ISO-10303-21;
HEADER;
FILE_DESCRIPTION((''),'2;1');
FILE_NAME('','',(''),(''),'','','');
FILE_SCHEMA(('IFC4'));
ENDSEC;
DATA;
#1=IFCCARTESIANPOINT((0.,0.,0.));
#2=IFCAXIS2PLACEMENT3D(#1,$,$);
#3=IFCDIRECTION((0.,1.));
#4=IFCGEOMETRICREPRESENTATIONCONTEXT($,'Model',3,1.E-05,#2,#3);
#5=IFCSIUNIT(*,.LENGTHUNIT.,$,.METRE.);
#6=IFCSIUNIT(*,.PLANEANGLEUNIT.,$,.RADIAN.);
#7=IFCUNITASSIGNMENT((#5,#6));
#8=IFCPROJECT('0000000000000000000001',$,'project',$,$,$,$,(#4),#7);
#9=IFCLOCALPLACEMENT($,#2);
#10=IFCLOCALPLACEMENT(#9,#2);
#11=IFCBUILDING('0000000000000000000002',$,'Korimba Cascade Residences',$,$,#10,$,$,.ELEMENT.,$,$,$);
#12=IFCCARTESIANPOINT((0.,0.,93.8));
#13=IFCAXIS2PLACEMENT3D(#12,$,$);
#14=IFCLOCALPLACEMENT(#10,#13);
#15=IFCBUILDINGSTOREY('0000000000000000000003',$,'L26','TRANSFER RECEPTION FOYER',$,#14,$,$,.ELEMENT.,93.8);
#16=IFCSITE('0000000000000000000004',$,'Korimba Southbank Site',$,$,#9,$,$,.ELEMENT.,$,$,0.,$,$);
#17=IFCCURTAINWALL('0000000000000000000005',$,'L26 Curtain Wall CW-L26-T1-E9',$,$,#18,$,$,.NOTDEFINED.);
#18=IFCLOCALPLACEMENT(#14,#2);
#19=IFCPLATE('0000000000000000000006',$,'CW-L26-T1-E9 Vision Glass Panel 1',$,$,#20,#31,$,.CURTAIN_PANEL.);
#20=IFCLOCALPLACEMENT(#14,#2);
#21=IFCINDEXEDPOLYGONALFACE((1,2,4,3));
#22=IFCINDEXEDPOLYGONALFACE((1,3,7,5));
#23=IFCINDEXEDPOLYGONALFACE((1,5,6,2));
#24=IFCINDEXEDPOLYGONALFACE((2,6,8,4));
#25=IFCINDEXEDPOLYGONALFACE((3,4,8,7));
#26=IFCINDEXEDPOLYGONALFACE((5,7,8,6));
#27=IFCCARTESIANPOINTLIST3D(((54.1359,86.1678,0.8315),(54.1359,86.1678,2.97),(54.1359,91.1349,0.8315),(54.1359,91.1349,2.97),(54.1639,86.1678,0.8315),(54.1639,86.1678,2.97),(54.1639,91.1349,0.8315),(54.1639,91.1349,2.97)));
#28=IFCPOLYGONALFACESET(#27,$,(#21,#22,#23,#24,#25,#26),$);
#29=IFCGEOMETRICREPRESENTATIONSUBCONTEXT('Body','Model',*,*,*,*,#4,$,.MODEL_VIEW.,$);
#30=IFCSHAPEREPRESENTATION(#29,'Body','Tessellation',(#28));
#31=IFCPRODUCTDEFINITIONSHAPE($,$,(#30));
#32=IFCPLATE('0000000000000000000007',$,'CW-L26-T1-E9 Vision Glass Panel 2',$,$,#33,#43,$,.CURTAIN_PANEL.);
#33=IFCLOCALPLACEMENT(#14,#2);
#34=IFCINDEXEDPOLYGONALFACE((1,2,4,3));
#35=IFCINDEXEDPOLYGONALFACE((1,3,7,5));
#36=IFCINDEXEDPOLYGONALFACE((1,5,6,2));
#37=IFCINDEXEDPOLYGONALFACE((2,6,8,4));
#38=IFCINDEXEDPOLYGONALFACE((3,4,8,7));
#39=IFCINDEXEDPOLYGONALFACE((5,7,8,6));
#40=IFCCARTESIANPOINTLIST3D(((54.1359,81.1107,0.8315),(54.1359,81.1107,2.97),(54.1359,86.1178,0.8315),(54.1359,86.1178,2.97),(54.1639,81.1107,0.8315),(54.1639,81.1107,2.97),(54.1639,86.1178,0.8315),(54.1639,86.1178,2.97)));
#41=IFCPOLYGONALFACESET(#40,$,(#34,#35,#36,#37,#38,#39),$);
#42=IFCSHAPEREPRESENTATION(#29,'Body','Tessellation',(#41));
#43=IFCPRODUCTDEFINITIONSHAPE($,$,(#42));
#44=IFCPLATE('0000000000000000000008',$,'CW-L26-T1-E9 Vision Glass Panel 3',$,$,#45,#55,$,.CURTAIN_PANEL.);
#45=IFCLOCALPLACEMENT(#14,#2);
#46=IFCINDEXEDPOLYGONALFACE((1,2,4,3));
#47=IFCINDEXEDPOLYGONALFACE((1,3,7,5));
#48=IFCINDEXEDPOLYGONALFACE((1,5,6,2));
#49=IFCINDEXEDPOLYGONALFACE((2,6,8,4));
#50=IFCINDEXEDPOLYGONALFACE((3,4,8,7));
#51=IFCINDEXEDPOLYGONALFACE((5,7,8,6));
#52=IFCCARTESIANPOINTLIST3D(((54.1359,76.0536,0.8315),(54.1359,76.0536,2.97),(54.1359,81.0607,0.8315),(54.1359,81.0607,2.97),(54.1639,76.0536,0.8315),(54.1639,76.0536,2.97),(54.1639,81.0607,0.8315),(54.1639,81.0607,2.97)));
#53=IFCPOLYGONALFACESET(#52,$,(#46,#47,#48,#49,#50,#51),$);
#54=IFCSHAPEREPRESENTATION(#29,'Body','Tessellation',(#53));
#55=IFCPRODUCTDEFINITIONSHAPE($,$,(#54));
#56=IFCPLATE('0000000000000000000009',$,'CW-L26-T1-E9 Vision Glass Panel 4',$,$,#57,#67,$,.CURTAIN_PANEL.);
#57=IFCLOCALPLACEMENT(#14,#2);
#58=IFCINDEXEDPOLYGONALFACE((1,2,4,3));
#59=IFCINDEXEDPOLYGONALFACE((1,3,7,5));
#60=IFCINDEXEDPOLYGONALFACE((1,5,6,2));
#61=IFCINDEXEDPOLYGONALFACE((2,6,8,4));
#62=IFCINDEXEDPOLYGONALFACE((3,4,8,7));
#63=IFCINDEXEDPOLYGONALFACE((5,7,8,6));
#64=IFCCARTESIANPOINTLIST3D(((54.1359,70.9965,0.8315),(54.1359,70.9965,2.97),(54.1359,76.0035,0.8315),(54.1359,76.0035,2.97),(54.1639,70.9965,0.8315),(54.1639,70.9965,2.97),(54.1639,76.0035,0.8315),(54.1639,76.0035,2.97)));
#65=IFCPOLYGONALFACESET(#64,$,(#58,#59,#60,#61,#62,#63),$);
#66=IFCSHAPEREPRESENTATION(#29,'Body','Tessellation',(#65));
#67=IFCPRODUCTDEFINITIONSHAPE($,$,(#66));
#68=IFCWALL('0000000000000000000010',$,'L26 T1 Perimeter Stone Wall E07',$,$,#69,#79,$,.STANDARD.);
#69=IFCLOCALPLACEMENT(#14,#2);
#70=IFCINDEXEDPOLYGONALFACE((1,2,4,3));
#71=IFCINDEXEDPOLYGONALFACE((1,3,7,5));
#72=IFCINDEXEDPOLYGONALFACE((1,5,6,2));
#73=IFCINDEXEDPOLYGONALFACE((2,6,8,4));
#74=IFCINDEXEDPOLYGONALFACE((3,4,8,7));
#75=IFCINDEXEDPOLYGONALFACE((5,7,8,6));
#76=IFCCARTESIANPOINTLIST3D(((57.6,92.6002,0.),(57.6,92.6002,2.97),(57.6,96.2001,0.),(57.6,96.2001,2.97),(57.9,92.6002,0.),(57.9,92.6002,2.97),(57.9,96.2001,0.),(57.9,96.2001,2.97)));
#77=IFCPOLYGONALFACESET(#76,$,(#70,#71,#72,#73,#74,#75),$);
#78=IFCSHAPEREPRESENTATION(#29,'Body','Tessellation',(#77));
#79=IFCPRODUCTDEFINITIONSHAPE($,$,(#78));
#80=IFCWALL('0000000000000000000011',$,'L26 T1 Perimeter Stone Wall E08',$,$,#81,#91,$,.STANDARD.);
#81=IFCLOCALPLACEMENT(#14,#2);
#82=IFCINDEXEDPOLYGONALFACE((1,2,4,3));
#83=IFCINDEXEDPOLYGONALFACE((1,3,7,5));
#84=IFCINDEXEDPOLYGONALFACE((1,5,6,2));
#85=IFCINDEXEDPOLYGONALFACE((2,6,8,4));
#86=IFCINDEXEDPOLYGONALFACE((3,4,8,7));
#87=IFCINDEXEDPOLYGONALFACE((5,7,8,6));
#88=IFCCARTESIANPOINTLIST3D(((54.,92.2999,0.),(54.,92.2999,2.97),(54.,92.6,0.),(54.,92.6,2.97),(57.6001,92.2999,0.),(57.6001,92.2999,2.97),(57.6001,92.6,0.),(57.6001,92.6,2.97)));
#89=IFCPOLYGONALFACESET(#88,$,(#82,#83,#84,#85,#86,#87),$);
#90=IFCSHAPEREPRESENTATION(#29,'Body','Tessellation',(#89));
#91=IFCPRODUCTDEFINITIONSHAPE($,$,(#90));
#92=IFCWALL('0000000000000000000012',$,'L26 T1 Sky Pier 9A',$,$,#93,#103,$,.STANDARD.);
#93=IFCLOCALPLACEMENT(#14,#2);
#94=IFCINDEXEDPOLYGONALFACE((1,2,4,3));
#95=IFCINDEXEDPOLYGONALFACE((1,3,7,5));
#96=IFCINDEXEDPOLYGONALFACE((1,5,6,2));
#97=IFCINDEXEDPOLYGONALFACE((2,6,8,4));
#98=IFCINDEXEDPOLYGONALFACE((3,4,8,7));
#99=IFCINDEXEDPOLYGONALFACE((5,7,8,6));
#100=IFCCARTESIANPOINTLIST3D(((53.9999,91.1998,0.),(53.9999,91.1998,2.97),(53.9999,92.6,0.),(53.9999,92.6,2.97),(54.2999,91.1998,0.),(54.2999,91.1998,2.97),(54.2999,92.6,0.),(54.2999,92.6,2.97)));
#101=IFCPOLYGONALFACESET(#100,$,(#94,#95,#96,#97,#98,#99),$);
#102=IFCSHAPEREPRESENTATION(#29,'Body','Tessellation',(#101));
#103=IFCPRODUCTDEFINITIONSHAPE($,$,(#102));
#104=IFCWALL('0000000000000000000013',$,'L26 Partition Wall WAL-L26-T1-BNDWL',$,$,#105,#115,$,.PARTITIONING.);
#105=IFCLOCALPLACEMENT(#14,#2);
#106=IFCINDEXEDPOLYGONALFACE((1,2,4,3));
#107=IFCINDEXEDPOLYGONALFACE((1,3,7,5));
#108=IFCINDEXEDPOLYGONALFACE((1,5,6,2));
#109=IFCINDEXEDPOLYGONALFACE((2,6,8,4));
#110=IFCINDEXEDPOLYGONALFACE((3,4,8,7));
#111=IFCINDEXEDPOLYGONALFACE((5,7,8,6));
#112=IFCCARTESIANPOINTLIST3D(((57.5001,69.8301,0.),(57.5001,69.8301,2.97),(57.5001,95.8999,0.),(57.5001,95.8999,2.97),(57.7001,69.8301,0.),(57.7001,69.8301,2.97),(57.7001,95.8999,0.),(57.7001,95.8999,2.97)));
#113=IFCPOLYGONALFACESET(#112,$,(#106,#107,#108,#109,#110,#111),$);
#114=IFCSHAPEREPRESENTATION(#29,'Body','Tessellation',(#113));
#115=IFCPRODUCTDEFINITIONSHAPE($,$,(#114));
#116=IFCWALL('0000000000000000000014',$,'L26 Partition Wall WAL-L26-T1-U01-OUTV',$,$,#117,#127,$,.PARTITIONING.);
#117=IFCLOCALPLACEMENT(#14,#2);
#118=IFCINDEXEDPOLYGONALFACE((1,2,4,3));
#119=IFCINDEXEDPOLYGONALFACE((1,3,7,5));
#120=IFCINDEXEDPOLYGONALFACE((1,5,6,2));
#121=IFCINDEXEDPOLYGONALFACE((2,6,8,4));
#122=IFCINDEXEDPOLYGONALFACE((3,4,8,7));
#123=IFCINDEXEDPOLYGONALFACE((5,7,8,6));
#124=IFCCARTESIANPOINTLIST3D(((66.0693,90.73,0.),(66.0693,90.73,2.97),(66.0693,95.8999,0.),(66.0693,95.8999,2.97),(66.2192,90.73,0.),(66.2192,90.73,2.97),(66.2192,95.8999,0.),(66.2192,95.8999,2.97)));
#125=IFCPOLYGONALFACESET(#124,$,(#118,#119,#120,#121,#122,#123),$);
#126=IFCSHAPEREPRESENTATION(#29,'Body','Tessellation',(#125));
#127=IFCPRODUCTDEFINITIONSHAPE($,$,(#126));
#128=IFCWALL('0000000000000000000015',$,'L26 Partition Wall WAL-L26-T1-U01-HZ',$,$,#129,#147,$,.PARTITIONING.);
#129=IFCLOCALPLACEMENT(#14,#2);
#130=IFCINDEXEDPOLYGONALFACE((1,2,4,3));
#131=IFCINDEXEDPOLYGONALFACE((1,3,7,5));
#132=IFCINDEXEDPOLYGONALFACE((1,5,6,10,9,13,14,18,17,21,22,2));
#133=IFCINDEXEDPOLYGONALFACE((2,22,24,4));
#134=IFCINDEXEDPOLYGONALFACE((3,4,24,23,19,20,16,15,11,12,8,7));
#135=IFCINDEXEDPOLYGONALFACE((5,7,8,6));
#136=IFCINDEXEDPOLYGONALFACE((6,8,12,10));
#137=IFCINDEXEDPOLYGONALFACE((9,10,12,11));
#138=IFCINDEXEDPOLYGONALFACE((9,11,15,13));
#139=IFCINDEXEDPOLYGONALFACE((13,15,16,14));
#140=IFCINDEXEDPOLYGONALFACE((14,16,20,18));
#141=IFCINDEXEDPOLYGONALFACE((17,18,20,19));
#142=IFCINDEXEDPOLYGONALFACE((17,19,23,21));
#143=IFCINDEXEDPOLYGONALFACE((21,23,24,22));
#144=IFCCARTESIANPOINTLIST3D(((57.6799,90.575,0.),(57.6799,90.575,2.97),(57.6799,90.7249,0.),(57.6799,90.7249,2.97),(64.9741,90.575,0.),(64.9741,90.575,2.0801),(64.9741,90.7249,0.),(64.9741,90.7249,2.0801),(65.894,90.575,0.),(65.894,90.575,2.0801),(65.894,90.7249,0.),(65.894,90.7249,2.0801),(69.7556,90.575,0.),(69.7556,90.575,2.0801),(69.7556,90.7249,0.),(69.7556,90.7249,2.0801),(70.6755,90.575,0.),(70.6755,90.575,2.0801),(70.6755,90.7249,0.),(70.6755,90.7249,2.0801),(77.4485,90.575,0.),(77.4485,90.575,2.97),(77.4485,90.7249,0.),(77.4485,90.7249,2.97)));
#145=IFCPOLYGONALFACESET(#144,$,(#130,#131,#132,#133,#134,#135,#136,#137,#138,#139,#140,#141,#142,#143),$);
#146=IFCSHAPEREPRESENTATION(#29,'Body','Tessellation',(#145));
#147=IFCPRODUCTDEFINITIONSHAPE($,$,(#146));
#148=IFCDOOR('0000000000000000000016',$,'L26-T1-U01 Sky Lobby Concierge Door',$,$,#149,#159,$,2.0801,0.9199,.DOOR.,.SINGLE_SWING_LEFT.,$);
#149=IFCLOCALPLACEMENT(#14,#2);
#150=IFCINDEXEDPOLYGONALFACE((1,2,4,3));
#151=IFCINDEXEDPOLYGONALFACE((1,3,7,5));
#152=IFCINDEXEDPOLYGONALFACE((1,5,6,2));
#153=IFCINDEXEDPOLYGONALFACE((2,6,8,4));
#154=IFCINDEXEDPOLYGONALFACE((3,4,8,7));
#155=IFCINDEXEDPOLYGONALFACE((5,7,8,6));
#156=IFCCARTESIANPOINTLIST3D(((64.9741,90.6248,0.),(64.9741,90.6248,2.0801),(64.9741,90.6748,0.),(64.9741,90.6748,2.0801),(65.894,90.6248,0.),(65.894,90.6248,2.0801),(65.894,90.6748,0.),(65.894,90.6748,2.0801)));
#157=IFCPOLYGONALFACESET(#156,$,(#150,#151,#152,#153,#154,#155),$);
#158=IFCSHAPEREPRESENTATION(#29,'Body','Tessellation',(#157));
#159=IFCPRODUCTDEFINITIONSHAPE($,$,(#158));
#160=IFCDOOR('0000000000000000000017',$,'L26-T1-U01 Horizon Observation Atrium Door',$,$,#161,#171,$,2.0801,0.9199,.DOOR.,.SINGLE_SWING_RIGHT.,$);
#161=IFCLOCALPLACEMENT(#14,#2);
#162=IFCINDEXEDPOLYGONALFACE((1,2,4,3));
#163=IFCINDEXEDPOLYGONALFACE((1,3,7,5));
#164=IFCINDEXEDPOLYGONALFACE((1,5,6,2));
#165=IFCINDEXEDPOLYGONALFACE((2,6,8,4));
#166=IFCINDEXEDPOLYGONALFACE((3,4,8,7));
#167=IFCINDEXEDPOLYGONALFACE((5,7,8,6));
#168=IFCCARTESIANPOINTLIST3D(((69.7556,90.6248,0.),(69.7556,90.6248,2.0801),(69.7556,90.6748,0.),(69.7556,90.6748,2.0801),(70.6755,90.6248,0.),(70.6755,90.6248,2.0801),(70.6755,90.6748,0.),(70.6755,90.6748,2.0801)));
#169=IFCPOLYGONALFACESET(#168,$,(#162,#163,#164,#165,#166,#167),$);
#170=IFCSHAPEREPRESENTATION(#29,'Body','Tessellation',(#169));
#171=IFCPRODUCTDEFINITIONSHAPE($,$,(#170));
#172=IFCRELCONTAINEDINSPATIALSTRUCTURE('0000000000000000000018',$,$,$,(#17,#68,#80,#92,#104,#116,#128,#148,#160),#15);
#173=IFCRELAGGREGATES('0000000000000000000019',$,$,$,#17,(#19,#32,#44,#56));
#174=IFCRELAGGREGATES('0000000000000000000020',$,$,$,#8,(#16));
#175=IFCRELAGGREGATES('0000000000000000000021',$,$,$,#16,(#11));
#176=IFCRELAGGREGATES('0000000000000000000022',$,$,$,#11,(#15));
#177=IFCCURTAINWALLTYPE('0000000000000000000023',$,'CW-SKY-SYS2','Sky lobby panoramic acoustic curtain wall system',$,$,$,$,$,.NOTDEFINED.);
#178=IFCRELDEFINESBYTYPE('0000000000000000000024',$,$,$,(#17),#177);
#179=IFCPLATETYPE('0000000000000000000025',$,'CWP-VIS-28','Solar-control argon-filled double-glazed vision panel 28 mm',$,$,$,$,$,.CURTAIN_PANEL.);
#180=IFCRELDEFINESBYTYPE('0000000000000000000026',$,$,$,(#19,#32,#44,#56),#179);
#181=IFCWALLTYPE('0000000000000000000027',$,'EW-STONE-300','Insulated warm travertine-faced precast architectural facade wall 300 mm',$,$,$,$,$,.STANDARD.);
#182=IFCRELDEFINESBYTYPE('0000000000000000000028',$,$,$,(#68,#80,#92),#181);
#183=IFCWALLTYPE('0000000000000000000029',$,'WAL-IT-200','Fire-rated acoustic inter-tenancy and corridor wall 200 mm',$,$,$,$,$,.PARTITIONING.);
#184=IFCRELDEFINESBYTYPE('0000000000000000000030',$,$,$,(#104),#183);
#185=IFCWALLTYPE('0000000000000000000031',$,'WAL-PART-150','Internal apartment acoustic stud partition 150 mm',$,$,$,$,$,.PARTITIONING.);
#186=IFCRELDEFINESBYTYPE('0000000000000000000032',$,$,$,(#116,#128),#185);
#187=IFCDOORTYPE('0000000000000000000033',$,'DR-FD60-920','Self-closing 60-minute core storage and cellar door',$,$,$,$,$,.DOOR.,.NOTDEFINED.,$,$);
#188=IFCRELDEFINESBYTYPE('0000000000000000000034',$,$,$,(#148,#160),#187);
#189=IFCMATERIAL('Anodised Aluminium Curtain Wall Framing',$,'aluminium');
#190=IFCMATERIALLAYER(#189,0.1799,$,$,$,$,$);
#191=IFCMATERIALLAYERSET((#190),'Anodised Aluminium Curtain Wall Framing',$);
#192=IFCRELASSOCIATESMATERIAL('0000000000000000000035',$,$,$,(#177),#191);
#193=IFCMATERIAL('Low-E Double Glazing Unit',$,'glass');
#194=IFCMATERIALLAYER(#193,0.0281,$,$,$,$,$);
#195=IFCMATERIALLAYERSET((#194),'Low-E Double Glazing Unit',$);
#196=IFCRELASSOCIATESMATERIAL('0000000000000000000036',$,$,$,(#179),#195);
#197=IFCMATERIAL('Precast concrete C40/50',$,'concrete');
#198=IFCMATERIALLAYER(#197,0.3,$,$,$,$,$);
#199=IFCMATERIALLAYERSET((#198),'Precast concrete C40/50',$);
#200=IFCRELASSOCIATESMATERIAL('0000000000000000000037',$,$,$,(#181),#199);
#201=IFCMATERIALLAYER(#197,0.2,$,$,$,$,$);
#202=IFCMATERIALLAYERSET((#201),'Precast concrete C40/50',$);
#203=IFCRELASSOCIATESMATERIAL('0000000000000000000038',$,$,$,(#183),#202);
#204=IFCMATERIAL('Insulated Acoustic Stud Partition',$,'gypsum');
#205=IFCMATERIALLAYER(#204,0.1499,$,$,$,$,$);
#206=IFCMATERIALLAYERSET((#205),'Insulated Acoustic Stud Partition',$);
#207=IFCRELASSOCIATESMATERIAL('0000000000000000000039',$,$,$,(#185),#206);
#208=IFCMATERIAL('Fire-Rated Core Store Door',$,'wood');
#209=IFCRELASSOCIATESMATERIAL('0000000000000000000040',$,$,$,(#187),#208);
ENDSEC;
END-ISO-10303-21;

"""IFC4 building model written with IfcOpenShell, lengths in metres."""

from ifc_helpers import new_model, si_unit, direction, frame, frame_2d, origin, origin_2d, place, context, subcontext, project, spatial, rectangle, extrude, material, layer, layer_set, type_object, element, fill, aggregate, save


model = new_model("IFC4")

# Units and contexts
model_context = context("Model", 3, precision=1e-05, world=origin(), true_north=direction((0.0, 1.0)))
body_context = subcontext(model_context, "Body", "Model", "MODEL_VIEW")
ifc_project = project(units=[si_unit("LENGTHUNIT", "METRE"), si_unit("PLANEANGLEUNIT", "RADIAN")], contexts=[model_context])

# Site, building, storey
site_placement = place(None, origin())
site = spatial("IfcSite", under=ifc_project, at=site_placement, Name="Korimba Southbank Site", CompositionType="ELEMENT", RefElevation=0.0)
building_placement = place(site_placement, origin())
building = spatial("IfcBuilding", under=site, at=building_placement, Name="Korimba Cascade Residences", CompositionType="ELEMENT")
storey_placement = place(building_placement, frame((0.0, 0.0, 93.8)))
storey = spatial("IfcBuildingStorey", under=building, at=storey_placement, Name="L26", Description="TRANSFER RECEPTION FOYER", CompositionType="ELEMENT", Elevation=93.8)

# Curtain wall, plates
ifc_material_1 = material(Name="Anodised Aluminium Curtain Wall Framing", Category="aluminium")
ifc_layer_1 = layer(ifc_material_1, 0.1799)
ifc_layer_set_1 = layer_set([ifc_layer_1], Name="Anodised Aluminium Curtain Wall Framing")
curtain_wall_type = type_object("IfcCurtainWallType", Name="CW-SKY-SYS2", Description="Sky lobby panoramic acoustic curtain wall system", PredefinedType="NOTDEFINED", material=ifc_layer_set_1)
curtain_wall_placement = place(storey_placement, origin())
curtain_wall = element("IfcCurtainWall", 1, at=curtain_wall_placement, inside=storey, type_object=curtain_wall_type, Name="L26 Curtain Wall CW-L26-T1-E9", PredefinedType="NOTDEFINED")
ifc_material_2 = material(Name="Low-E Double Glazing Unit", Category="glass")
ifc_layer_2 = layer(ifc_material_2, 0.0281)
ifc_layer_set_2 = layer_set([ifc_layer_2], Name="Low-E Double Glazing Unit")
plate_type_1 = type_object("IfcPlateType", Name="CWP-VIS-28", Description="Solar-control argon-filled double-glazed vision panel 28 mm", PredefinedType="CURTAIN_PANEL", material=ifc_layer_set_2)
plate_1_placement = place(storey_placement, frame((54.1499, 88.6514, 0.8315), z_axis=(0.0, 0.0, 1.0), x_axis=(0.0, -1.0, 0.0)))
plate_1 = element("IfcPlate", 2, at=plate_1_placement, type_object=plate_type_1, Name="CW-L26-T1-E9 Vision Glass Panel 1", PredefinedType="CURTAIN_PANEL", context=body_context, shape_type="SweptSolid", body=[
    extrude(rectangle(XDim=4.967, YDim=0.0281, at=origin_2d()), origin(), (0.0, 0.0, 1.0), 2.1384),
])
plate_2_placement = place(storey_placement, frame((54.1499, 83.6143, 0.8315), z_axis=(0.0, 0.0, 1.0), x_axis=(0.0, -1.0, 0.0)))
plate_2 = element("IfcPlate", 3, at=plate_2_placement, type_object=plate_type_1, Name="CW-L26-T1-E9 Vision Glass Panel 2", PredefinedType="CURTAIN_PANEL", context=body_context, shape_type="SweptSolid", body=[
    extrude(rectangle(XDim=5.0071, YDim=0.0281, at=origin_2d()), origin(), (0.0, 0.0, 1.0), 2.1384),
])
plate_3_placement = place(storey_placement, frame((54.1499, 78.5571, 0.8315), z_axis=(0.0, 0.0, 1.0), x_axis=(0.0, -1.0, 0.0)))
plate_3 = element("IfcPlate", 4, at=plate_3_placement, type_object=plate_type_1, Name="CW-L26-T1-E9 Vision Glass Panel 3", PredefinedType="CURTAIN_PANEL", context=body_context, shape_type="SweptSolid", body=[
    extrude(rectangle(XDim=5.0071, YDim=0.0281, at=origin_2d()), origin(), (0.0, 0.0, 1.0), 2.1384),
])
plate_4_placement = place(storey_placement, frame((54.1499, 73.5, 0.8315), z_axis=(0.0, 0.0, 1.0), x_axis=(0.0, -1.0, 0.0)))
plate_4 = element("IfcPlate", 5, at=plate_4_placement, type_object=plate_type_1, Name="CW-L26-T1-E9 Vision Glass Panel 4", PredefinedType="CURTAIN_PANEL", context=body_context, shape_type="SweptSolid", body=[
    extrude(rectangle(XDim=5.0071, YDim=0.0281, at=origin_2d()), origin(), (0.0, 0.0, 1.0), 2.1384),
])
aggregate(curtain_wall, [plate_1, plate_2, plate_3, plate_4])

# Walls
ifc_material_3 = material(Name="Precast concrete C40/50", Category="concrete")
ifc_layer_3 = layer(ifc_material_3, 0.3)
ifc_layer_set_3 = layer_set([ifc_layer_3], Name="Precast concrete C40/50")
wall_type_1 = type_object("IfcWallType", Name="EW-STONE-300", Description="Insulated warm travertine-faced precast architectural facade wall 300 mm", PredefinedType="STANDARD", material=ifc_layer_set_3)
wall_1_placement = place(storey_placement, frame((57.75, 96.2, 0.0), z_axis=(0.0, 0.0, 1.0), x_axis=(0.0, -1.0, 0.0)))
element("IfcWall", 6, at=wall_1_placement, inside=storey, type_object=wall_type_1, Name="L26 T1 Perimeter Stone Wall E07", PredefinedType="STANDARD", context=body_context, shape_type="SweptSolid", body=[
    extrude(rectangle(XDim=3.5999, YDim=0.3, at=frame_2d((1.7998, 0.0))), origin(), (0.0, 0.0, 1.0), 2.97),
])
wall_2_placement = place(storey_placement, frame((57.6001, 92.45, 0.0), z_axis=(0.0, 0.0, 1.0), x_axis=(-1.0, 0.0, 0.0)))
element("IfcWall", 7, at=wall_2_placement, inside=storey, type_object=wall_type_1, Name="L26 T1 Perimeter Stone Wall E08", PredefinedType="STANDARD", context=body_context, shape_type="SweptSolid", body=[
    extrude(rectangle(XDim=3.6001, YDim=0.3, at=frame_2d((1.8, 0.0))), origin(), (0.0, 0.0, 1.0), 2.97),
])
wall_3_placement = place(storey_placement, frame((54.1499, 92.6001, 0.0), z_axis=(0.0, 0.0, 1.0), x_axis=(0.0, -1.0, 0.0)))
element("IfcWall", 8, at=wall_3_placement, inside=storey, type_object=wall_type_1, Name="L26 T1 Sky Pier 9A", PredefinedType="STANDARD", context=body_context, shape_type="SweptSolid", body=[
    extrude(rectangle(XDim=1.4001, YDim=0.3, at=frame_2d((0.7002, 0.0))), origin(), (0.0, 0.0, 1.0), 2.97),
])
ifc_layer_4 = layer(ifc_material_3, 0.2)
ifc_layer_set_4 = layer_set([ifc_layer_4], Name="Precast concrete C40/50")
wall_type_2 = type_object("IfcWallType", Name="WAL-IT-200", Description="Fire-rated acoustic inter-tenancy and corridor wall 200 mm", PredefinedType="PARTITIONING", material=ifc_layer_set_4)
wall_4_placement = place(storey_placement, frame((57.6001, 69.8301, 0.0), z_axis=(0.0, 0.0, 1.0), x_axis=(0.0, 1.0, 0.0)))
element("IfcWall", 9, at=wall_4_placement, inside=storey, type_object=wall_type_2, Name="L26 Partition Wall WAL-L26-T1-BNDWL", PredefinedType="PARTITIONING", context=body_context, shape_type="SweptSolid", body=[
    extrude(rectangle(XDim=26.0698, YDim=0.2, at=frame_2d((13.0349, 0.0))), origin(), (0.0, 0.0, 1.0), 2.97),
])
ifc_material_4 = material(Name="Insulated Acoustic Stud Partition", Category="gypsum")
ifc_layer_5 = layer(ifc_material_4, 0.1499)
ifc_layer_set_5 = layer_set([ifc_layer_5], Name="Insulated Acoustic Stud Partition")
wall_type_3 = type_object("IfcWallType", Name="WAL-PART-150", Description="Internal apartment acoustic stud partition 150 mm", PredefinedType="PARTITIONING", material=ifc_layer_set_5)
wall_5_placement = place(storey_placement, frame((66.1443, 90.73, 0.0), z_axis=(0.0, 0.0, 1.0), x_axis=(0.0, 1.0, 0.0)))
element("IfcWall", 10, at=wall_5_placement, inside=storey, type_object=wall_type_3, Name="L26 Partition Wall WAL-L26-T1-U01-OUTV", PredefinedType="PARTITIONING", context=body_context, shape_type="SweptSolid", body=[
    extrude(rectangle(XDim=5.1699, YDim=0.1499, at=frame_2d((2.585, 0.0))), origin(), (0.0, 0.0, 1.0), 2.97),
])

# Wall, openings, doors
wall_6_placement = place(storey_placement, frame((57.6799, 90.6499, 0.0), z_axis=(0.0, 0.0, 1.0), x_axis=(1.0, 0.0, 0.0)))
wall_6 = element("IfcWall", 11, at=wall_6_placement, inside=storey, type_object=wall_type_3, Name="L26 Partition Wall WAL-L26-T1-U01-HZ", PredefinedType="PARTITIONING", context=body_context, shape_type="SweptSolid", body=[
    extrude(rectangle(XDim=19.7686, YDim=0.1499, at=frame_2d((9.8843, 0.0))), origin(), (0.0, 0.0, 1.0), 2.97),
])
opening_1_placement = place(wall_6_placement, frame((7.2942, 0.0, 0.0)))
opening_1 = element("IfcOpeningElement", 12, at=opening_1_placement, cuts=wall_6, PredefinedType="OPENING", context=body_context, shape_type="SweptSolid", body=[
    extrude(rectangle(XDim=0.9199, YDim=2.0801, at=frame_2d((0.46, 1.04))), frame((0.0, 0.085, 0.0), z_axis=(0.0, -1.0, 0.0), x_axis=(1.0, 0.0, 0.0)), (0.0, 0.0, 1.0), 0.1699),
])
opening_2_placement = place(wall_6_placement, frame((12.0757, 0.0, 0.0)))
opening_2 = element("IfcOpeningElement", 13, at=opening_2_placement, cuts=wall_6, PredefinedType="OPENING", context=body_context, shape_type="SweptSolid", body=[
    extrude(rectangle(XDim=0.9199, YDim=2.0801, at=frame_2d((0.46, 1.04))), frame((0.0, 0.085, 0.0), z_axis=(0.0, -1.0, 0.0), x_axis=(1.0, 0.0, 0.0)), (0.0, 0.0, 1.0), 0.1699),
])
ifc_material_5 = material(Name="Fire-Rated Core Store Door", Category="wood")
door_type = type_object("IfcDoorType", Name="DR-FD60-920", Description="Self-closing 60-minute core storage and cellar door", OperationType="NOTDEFINED", PredefinedType="DOOR", material=ifc_material_5)
door_1_placement = place(opening_1_placement, origin())
door_1 = element("IfcDoor", 14, at=door_1_placement, inside=storey, type_object=door_type, Name="L26-T1-U01 Sky Lobby Concierge Door", OperationType="SINGLE_SWING_LEFT", OverallHeight=2.0801, OverallWidth=0.9199, PredefinedType="DOOR", context=body_context, shape_type="SweptSolid", body=[
    extrude(rectangle(XDim=0.9199, YDim=2.0801, at=frame_2d((0.46, 1.04))), frame((0.0, 0.0249, 0.0), z_axis=(0.0, -1.0, 0.0), x_axis=(1.0, 0.0, 0.0)), (0.0, 0.0, 1.0), 0.05),
])
fill(opening_1, door_1)
door_2_placement = place(opening_2_placement, origin())
door_2 = element("IfcDoor", 15, at=door_2_placement, inside=storey, type_object=door_type, Name="L26-T1-U01 Horizon Observation Atrium Door", OperationType="SINGLE_SWING_RIGHT", OverallHeight=2.0801, OverallWidth=0.9199, PredefinedType="DOOR", context=body_context, shape_type="SweptSolid", body=[
    extrude(rectangle(XDim=0.9199, YDim=2.0801, at=frame_2d((0.46, 1.04))), frame((0.0, 0.0249, 0.0), z_axis=(0.0, -1.0, 0.0), x_axis=(1.0, 0.0, 0.0)), (0.0, 0.0, 1.0), 0.05),
])
fill(opening_2, door_2)

save(model, "model.ifc")
